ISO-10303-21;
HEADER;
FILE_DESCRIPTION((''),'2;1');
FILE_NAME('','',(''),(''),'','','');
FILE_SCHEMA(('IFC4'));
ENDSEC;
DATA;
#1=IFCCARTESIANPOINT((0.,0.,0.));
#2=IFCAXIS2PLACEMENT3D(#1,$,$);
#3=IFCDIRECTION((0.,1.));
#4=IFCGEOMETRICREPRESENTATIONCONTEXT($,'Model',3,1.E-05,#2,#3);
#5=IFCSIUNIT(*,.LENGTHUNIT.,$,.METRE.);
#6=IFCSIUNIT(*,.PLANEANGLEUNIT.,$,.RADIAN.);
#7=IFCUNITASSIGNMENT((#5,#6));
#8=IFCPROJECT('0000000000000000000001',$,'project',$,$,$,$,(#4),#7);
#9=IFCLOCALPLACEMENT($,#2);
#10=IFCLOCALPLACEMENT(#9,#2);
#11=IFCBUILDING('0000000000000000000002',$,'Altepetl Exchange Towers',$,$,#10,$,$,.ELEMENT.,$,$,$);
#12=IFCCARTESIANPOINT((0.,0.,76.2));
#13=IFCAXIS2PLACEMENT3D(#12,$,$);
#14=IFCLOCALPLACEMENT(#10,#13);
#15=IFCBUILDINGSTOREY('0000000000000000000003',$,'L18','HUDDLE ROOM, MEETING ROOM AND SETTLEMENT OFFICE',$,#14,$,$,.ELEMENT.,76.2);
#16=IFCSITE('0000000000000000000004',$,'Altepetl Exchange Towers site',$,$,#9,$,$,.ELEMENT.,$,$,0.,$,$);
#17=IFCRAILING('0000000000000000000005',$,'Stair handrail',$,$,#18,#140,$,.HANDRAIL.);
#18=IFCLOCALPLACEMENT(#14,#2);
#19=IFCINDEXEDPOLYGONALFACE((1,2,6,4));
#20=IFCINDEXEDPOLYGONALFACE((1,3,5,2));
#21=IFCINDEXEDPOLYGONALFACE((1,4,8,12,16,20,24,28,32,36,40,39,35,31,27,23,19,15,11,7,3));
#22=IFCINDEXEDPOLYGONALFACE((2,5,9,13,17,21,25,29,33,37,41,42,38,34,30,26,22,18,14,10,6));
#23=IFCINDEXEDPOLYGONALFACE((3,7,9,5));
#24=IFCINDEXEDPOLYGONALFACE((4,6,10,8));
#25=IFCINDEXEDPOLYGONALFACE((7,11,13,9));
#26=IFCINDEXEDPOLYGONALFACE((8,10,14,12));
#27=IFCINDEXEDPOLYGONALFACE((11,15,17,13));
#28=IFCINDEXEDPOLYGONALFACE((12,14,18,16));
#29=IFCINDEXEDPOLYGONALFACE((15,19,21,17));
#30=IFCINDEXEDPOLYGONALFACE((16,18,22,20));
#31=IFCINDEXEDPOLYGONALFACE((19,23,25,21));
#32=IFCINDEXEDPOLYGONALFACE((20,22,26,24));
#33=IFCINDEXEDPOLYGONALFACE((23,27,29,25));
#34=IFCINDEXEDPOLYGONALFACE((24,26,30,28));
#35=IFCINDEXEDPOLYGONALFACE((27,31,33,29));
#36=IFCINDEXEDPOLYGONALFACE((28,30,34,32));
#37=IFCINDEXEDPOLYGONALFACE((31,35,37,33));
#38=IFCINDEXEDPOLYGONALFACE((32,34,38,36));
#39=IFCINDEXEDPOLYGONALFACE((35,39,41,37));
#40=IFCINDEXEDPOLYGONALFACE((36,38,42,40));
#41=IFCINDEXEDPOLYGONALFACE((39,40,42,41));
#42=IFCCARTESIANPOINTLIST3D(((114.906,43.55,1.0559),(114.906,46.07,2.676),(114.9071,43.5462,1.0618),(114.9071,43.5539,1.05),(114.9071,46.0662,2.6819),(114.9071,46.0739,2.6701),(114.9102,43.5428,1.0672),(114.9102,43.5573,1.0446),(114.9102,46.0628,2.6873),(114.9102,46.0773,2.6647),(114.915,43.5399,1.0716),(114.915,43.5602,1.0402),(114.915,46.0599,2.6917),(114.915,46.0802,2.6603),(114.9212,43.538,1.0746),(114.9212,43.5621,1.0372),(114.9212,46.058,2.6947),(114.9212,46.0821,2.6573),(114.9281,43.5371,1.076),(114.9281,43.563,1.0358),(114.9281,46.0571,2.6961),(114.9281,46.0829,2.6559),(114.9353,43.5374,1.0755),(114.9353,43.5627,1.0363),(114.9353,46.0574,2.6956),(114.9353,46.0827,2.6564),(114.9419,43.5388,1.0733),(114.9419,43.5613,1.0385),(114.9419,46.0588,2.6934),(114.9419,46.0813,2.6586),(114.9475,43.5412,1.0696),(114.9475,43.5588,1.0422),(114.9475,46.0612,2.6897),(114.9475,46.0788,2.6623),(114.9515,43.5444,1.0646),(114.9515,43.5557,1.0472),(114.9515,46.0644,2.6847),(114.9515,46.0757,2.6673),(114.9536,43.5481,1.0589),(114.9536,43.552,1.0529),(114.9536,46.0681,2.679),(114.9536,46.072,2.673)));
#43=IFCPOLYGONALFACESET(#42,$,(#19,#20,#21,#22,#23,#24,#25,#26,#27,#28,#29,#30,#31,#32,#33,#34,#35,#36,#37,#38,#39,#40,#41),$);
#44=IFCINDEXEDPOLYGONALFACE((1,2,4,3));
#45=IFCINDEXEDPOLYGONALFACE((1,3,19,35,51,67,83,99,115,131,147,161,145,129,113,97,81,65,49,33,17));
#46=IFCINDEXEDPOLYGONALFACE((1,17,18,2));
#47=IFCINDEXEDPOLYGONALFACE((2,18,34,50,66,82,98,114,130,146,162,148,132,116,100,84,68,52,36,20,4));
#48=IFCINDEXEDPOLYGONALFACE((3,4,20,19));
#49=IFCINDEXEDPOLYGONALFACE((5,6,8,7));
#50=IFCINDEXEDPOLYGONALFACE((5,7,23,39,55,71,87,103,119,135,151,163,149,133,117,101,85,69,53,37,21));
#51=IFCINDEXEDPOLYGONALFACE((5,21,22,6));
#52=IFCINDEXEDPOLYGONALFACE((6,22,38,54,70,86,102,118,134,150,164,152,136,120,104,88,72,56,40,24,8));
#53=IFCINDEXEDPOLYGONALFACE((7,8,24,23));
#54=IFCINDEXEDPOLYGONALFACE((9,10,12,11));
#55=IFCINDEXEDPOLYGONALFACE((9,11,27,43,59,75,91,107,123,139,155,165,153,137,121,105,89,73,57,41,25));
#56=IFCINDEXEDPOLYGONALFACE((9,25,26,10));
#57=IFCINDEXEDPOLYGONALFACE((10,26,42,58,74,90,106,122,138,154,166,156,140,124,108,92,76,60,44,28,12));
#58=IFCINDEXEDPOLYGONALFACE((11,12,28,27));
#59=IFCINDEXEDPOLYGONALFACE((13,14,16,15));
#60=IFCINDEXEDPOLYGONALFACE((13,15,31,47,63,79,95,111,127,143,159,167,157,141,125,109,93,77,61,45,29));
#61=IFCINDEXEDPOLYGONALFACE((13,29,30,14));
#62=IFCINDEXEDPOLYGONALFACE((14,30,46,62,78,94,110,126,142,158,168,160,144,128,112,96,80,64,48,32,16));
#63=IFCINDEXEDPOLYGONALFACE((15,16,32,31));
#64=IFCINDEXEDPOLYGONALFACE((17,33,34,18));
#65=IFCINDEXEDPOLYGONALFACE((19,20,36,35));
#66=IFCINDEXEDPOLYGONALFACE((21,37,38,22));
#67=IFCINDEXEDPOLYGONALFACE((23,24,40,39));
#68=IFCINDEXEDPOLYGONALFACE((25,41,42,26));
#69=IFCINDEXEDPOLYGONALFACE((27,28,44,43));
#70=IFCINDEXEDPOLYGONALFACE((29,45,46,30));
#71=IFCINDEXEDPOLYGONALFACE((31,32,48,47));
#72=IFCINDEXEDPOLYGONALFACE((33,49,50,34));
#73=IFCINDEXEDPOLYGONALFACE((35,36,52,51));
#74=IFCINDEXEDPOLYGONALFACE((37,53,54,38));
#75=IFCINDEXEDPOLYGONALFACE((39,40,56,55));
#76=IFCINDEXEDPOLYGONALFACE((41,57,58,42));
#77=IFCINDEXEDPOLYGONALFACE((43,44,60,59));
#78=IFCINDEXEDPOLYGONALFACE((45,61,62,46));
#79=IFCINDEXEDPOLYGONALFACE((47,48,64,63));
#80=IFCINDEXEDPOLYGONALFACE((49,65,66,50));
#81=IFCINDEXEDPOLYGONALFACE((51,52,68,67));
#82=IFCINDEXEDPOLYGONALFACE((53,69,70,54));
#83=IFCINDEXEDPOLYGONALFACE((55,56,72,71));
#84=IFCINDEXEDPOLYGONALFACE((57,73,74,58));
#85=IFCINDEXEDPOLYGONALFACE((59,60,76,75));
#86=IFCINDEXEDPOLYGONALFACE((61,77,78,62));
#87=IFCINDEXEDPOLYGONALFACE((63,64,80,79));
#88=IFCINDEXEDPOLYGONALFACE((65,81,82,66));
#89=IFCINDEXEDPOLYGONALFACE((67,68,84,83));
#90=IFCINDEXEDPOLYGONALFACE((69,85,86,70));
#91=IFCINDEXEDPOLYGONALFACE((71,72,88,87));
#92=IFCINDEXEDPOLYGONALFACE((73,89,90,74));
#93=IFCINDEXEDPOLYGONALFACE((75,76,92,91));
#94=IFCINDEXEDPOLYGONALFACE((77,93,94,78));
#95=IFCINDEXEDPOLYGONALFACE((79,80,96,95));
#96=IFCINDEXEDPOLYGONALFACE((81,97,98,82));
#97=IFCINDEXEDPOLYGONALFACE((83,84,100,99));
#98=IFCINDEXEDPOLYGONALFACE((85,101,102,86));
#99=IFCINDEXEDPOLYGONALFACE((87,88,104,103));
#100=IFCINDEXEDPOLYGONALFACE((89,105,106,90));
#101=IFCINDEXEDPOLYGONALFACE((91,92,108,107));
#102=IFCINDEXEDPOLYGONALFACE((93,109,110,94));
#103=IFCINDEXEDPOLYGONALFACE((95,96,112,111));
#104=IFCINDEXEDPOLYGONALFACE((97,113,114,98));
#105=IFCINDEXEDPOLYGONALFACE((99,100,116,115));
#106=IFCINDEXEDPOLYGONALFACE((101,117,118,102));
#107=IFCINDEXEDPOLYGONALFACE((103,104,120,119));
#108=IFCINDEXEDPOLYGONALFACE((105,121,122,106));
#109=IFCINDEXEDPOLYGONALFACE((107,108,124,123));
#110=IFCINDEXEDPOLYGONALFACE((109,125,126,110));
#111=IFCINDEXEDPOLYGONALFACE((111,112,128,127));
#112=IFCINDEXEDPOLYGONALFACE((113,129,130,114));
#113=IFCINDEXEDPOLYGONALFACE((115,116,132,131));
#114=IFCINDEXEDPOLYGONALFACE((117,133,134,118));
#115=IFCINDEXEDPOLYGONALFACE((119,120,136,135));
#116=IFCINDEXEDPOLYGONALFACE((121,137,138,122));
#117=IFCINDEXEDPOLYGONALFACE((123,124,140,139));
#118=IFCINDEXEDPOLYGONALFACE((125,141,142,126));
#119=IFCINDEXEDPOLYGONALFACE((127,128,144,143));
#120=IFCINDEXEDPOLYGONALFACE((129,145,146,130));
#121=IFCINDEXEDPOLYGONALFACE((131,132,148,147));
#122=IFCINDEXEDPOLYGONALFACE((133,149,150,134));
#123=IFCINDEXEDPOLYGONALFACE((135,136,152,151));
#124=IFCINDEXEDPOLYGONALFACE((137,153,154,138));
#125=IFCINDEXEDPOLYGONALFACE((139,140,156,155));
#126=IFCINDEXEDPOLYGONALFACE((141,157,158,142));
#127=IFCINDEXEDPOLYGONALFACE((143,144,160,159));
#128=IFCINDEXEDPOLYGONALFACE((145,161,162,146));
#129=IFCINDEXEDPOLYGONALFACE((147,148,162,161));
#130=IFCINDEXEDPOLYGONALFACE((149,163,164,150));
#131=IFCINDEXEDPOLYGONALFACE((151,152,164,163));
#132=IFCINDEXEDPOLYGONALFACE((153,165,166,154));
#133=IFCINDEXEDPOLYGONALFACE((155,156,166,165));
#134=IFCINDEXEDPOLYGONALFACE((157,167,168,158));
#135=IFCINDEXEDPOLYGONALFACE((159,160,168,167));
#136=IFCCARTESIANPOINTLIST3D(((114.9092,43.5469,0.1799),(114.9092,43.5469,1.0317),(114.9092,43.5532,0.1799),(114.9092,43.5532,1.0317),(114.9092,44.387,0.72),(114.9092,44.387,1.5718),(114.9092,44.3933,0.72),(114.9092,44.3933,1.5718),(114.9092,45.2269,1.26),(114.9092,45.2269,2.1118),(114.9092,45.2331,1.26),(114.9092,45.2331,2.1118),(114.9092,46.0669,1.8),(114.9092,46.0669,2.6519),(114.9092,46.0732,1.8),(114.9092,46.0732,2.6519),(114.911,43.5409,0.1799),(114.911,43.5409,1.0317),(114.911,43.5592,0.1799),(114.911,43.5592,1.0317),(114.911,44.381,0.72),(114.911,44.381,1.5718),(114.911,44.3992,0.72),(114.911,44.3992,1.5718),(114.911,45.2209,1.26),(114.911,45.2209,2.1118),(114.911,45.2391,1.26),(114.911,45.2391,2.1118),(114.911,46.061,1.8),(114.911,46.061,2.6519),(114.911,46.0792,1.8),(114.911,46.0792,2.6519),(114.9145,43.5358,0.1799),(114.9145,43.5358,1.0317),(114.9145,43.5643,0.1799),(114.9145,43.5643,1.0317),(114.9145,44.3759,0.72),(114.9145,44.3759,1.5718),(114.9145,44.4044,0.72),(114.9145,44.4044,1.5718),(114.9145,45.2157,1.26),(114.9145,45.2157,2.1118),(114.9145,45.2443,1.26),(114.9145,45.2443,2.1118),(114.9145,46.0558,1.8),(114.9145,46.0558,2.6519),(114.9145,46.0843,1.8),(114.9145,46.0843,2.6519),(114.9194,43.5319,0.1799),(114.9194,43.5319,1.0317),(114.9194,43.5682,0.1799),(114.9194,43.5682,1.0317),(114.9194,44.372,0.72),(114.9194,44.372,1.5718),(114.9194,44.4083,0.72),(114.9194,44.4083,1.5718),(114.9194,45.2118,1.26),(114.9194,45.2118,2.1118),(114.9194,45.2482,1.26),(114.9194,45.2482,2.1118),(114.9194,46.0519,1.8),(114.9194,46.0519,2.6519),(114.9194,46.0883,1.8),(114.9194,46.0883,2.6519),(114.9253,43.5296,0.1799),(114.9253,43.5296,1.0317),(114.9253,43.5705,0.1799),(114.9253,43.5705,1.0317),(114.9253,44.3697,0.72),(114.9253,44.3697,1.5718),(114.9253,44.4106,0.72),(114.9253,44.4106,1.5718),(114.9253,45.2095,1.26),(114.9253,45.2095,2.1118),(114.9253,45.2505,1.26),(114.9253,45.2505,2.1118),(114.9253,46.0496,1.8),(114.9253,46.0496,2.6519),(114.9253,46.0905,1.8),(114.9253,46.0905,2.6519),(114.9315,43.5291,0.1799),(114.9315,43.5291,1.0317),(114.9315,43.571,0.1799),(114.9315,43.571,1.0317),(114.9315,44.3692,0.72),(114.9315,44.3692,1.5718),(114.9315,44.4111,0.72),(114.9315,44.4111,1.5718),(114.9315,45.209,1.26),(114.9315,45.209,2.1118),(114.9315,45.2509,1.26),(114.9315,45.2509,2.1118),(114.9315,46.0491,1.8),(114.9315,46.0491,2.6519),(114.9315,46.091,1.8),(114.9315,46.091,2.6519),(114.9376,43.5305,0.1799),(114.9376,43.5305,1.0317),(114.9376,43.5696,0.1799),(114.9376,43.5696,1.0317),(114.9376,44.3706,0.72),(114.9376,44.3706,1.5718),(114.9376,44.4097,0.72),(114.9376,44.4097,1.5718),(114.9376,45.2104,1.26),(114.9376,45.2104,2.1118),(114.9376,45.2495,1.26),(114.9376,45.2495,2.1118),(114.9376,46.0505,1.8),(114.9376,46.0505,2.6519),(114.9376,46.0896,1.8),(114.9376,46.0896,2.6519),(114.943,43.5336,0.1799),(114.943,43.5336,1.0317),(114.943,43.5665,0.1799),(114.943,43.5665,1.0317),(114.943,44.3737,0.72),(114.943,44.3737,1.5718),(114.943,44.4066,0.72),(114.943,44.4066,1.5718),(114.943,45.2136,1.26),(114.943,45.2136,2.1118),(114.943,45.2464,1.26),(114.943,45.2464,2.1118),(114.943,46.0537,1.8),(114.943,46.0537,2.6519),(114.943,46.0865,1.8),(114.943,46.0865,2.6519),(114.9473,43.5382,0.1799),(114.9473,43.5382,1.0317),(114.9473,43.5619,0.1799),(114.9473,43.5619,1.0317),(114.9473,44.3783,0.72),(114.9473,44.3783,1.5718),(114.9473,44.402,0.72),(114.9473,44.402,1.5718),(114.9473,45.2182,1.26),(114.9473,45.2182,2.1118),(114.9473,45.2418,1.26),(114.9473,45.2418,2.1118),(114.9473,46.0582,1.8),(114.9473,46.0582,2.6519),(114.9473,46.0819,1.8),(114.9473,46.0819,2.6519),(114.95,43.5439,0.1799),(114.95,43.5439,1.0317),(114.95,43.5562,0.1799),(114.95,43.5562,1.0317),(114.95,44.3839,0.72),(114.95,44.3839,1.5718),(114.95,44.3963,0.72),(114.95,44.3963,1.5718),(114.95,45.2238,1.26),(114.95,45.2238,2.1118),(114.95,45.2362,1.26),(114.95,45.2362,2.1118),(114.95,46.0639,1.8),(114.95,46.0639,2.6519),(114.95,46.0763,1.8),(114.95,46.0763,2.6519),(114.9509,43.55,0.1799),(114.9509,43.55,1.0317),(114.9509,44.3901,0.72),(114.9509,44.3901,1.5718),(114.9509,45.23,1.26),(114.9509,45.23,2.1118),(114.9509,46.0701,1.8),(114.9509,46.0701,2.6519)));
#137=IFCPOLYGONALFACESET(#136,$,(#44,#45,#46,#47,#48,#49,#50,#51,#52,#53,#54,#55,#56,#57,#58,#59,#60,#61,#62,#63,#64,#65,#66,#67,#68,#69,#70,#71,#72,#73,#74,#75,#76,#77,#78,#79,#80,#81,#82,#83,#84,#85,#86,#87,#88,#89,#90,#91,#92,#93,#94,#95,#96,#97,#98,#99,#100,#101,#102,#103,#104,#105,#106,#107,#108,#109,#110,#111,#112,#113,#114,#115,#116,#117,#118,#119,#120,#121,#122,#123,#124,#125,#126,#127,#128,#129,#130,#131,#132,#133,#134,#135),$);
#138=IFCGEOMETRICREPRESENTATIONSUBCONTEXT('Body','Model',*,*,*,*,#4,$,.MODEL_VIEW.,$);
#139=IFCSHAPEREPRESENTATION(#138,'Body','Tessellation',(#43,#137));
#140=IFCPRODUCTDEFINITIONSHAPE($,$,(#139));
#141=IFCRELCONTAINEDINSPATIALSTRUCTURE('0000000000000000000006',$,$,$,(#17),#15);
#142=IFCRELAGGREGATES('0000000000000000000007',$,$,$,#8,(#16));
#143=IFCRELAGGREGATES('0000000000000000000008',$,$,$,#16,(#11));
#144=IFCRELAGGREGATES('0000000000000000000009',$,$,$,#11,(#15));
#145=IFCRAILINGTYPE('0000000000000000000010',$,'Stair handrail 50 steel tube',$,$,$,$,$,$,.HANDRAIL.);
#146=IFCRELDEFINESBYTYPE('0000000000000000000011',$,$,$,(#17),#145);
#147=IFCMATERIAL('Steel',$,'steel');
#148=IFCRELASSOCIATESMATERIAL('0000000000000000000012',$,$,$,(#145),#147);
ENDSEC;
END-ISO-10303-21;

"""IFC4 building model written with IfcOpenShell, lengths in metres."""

from ifc_helpers import new_model, si_unit, direction, frame, origin, origin_2d, place, context, subcontext, project, spatial, circle, extrude, source, transform, mapped, material, type_object, element, save


model = new_model("IFC4")

# Units and contexts
model_context = context("Model", 3, precision=1e-05, world=origin(), true_north=direction((0.0, 1.0)))
body_context = subcontext(model_context, "Body", "Model", "MODEL_VIEW")
ifc_project = project(units=[si_unit("LENGTHUNIT", "METRE"), si_unit("PLANEANGLEUNIT", "RADIAN")], contexts=[model_context])

# Site, building, storey
site_placement = place(None, origin())
site = spatial("IfcSite", under=ifc_project, at=site_placement, Name="Altepetl Exchange Towers site", CompositionType="ELEMENT", RefElevation=0.0)
building_placement = place(site_placement, origin())
building = spatial("IfcBuilding", under=site, at=building_placement, Name="Altepetl Exchange Towers", CompositionType="ELEMENT")
storey_placement = place(building_placement, frame((0.0, 0.0, 76.2)))
storey = spatial("IfcBuildingStorey", under=building, at=storey_placement, Name="L18", Description="HUDDLE ROOM, MEETING ROOM AND SETTLEMENT OFFICE", CompositionType="ELEMENT", Elevation=76.2)

# Railing
ifc_material_1 = material(Name="Steel", Category="steel")
railing_type = type_object("IfcRailingType", Name="Stair handrail 50 steel tube", PredefinedType="HANDRAIL", material=ifc_material_1)
shared_shape = source(origin(), body_context, "Body", "SweptSolid", [
    extrude(circle(Radius=0.021, at=origin_2d()), origin(), (0.0, 0.0, 1.0), 0.8518),
])
railing_1_placement = place(storey_placement, frame((114.9299, 43.55, 0.1799)))
element("IfcRailing", 1, at=railing_1_placement, inside=storey, type_object=railing_type, Name="Stair handrail", PredefinedType="HANDRAIL", context=body_context, shape_type="SweptSolid", body=[
    extrude(circle(Radius=0.0239, at=origin_2d()), frame((0.0, 0.0, 0.876), z_axis=(0.0, 0.841163, 0.540782), x_axis=(-1.0, 0.0, 0.0)), (0.0, 0.0, 1.0), 2.9958),
    mapped(shared_shape, transform((0.0, 0.0, 0.0))),
    mapped(shared_shape, transform((0.0, 0.8401, 0.54))),
    mapped(shared_shape, transform((0.0, 1.6799, 1.0801))),
    mapped(shared_shape, transform((0.0, 2.52, 1.6201))),
])

save(model, "model.ifc")
